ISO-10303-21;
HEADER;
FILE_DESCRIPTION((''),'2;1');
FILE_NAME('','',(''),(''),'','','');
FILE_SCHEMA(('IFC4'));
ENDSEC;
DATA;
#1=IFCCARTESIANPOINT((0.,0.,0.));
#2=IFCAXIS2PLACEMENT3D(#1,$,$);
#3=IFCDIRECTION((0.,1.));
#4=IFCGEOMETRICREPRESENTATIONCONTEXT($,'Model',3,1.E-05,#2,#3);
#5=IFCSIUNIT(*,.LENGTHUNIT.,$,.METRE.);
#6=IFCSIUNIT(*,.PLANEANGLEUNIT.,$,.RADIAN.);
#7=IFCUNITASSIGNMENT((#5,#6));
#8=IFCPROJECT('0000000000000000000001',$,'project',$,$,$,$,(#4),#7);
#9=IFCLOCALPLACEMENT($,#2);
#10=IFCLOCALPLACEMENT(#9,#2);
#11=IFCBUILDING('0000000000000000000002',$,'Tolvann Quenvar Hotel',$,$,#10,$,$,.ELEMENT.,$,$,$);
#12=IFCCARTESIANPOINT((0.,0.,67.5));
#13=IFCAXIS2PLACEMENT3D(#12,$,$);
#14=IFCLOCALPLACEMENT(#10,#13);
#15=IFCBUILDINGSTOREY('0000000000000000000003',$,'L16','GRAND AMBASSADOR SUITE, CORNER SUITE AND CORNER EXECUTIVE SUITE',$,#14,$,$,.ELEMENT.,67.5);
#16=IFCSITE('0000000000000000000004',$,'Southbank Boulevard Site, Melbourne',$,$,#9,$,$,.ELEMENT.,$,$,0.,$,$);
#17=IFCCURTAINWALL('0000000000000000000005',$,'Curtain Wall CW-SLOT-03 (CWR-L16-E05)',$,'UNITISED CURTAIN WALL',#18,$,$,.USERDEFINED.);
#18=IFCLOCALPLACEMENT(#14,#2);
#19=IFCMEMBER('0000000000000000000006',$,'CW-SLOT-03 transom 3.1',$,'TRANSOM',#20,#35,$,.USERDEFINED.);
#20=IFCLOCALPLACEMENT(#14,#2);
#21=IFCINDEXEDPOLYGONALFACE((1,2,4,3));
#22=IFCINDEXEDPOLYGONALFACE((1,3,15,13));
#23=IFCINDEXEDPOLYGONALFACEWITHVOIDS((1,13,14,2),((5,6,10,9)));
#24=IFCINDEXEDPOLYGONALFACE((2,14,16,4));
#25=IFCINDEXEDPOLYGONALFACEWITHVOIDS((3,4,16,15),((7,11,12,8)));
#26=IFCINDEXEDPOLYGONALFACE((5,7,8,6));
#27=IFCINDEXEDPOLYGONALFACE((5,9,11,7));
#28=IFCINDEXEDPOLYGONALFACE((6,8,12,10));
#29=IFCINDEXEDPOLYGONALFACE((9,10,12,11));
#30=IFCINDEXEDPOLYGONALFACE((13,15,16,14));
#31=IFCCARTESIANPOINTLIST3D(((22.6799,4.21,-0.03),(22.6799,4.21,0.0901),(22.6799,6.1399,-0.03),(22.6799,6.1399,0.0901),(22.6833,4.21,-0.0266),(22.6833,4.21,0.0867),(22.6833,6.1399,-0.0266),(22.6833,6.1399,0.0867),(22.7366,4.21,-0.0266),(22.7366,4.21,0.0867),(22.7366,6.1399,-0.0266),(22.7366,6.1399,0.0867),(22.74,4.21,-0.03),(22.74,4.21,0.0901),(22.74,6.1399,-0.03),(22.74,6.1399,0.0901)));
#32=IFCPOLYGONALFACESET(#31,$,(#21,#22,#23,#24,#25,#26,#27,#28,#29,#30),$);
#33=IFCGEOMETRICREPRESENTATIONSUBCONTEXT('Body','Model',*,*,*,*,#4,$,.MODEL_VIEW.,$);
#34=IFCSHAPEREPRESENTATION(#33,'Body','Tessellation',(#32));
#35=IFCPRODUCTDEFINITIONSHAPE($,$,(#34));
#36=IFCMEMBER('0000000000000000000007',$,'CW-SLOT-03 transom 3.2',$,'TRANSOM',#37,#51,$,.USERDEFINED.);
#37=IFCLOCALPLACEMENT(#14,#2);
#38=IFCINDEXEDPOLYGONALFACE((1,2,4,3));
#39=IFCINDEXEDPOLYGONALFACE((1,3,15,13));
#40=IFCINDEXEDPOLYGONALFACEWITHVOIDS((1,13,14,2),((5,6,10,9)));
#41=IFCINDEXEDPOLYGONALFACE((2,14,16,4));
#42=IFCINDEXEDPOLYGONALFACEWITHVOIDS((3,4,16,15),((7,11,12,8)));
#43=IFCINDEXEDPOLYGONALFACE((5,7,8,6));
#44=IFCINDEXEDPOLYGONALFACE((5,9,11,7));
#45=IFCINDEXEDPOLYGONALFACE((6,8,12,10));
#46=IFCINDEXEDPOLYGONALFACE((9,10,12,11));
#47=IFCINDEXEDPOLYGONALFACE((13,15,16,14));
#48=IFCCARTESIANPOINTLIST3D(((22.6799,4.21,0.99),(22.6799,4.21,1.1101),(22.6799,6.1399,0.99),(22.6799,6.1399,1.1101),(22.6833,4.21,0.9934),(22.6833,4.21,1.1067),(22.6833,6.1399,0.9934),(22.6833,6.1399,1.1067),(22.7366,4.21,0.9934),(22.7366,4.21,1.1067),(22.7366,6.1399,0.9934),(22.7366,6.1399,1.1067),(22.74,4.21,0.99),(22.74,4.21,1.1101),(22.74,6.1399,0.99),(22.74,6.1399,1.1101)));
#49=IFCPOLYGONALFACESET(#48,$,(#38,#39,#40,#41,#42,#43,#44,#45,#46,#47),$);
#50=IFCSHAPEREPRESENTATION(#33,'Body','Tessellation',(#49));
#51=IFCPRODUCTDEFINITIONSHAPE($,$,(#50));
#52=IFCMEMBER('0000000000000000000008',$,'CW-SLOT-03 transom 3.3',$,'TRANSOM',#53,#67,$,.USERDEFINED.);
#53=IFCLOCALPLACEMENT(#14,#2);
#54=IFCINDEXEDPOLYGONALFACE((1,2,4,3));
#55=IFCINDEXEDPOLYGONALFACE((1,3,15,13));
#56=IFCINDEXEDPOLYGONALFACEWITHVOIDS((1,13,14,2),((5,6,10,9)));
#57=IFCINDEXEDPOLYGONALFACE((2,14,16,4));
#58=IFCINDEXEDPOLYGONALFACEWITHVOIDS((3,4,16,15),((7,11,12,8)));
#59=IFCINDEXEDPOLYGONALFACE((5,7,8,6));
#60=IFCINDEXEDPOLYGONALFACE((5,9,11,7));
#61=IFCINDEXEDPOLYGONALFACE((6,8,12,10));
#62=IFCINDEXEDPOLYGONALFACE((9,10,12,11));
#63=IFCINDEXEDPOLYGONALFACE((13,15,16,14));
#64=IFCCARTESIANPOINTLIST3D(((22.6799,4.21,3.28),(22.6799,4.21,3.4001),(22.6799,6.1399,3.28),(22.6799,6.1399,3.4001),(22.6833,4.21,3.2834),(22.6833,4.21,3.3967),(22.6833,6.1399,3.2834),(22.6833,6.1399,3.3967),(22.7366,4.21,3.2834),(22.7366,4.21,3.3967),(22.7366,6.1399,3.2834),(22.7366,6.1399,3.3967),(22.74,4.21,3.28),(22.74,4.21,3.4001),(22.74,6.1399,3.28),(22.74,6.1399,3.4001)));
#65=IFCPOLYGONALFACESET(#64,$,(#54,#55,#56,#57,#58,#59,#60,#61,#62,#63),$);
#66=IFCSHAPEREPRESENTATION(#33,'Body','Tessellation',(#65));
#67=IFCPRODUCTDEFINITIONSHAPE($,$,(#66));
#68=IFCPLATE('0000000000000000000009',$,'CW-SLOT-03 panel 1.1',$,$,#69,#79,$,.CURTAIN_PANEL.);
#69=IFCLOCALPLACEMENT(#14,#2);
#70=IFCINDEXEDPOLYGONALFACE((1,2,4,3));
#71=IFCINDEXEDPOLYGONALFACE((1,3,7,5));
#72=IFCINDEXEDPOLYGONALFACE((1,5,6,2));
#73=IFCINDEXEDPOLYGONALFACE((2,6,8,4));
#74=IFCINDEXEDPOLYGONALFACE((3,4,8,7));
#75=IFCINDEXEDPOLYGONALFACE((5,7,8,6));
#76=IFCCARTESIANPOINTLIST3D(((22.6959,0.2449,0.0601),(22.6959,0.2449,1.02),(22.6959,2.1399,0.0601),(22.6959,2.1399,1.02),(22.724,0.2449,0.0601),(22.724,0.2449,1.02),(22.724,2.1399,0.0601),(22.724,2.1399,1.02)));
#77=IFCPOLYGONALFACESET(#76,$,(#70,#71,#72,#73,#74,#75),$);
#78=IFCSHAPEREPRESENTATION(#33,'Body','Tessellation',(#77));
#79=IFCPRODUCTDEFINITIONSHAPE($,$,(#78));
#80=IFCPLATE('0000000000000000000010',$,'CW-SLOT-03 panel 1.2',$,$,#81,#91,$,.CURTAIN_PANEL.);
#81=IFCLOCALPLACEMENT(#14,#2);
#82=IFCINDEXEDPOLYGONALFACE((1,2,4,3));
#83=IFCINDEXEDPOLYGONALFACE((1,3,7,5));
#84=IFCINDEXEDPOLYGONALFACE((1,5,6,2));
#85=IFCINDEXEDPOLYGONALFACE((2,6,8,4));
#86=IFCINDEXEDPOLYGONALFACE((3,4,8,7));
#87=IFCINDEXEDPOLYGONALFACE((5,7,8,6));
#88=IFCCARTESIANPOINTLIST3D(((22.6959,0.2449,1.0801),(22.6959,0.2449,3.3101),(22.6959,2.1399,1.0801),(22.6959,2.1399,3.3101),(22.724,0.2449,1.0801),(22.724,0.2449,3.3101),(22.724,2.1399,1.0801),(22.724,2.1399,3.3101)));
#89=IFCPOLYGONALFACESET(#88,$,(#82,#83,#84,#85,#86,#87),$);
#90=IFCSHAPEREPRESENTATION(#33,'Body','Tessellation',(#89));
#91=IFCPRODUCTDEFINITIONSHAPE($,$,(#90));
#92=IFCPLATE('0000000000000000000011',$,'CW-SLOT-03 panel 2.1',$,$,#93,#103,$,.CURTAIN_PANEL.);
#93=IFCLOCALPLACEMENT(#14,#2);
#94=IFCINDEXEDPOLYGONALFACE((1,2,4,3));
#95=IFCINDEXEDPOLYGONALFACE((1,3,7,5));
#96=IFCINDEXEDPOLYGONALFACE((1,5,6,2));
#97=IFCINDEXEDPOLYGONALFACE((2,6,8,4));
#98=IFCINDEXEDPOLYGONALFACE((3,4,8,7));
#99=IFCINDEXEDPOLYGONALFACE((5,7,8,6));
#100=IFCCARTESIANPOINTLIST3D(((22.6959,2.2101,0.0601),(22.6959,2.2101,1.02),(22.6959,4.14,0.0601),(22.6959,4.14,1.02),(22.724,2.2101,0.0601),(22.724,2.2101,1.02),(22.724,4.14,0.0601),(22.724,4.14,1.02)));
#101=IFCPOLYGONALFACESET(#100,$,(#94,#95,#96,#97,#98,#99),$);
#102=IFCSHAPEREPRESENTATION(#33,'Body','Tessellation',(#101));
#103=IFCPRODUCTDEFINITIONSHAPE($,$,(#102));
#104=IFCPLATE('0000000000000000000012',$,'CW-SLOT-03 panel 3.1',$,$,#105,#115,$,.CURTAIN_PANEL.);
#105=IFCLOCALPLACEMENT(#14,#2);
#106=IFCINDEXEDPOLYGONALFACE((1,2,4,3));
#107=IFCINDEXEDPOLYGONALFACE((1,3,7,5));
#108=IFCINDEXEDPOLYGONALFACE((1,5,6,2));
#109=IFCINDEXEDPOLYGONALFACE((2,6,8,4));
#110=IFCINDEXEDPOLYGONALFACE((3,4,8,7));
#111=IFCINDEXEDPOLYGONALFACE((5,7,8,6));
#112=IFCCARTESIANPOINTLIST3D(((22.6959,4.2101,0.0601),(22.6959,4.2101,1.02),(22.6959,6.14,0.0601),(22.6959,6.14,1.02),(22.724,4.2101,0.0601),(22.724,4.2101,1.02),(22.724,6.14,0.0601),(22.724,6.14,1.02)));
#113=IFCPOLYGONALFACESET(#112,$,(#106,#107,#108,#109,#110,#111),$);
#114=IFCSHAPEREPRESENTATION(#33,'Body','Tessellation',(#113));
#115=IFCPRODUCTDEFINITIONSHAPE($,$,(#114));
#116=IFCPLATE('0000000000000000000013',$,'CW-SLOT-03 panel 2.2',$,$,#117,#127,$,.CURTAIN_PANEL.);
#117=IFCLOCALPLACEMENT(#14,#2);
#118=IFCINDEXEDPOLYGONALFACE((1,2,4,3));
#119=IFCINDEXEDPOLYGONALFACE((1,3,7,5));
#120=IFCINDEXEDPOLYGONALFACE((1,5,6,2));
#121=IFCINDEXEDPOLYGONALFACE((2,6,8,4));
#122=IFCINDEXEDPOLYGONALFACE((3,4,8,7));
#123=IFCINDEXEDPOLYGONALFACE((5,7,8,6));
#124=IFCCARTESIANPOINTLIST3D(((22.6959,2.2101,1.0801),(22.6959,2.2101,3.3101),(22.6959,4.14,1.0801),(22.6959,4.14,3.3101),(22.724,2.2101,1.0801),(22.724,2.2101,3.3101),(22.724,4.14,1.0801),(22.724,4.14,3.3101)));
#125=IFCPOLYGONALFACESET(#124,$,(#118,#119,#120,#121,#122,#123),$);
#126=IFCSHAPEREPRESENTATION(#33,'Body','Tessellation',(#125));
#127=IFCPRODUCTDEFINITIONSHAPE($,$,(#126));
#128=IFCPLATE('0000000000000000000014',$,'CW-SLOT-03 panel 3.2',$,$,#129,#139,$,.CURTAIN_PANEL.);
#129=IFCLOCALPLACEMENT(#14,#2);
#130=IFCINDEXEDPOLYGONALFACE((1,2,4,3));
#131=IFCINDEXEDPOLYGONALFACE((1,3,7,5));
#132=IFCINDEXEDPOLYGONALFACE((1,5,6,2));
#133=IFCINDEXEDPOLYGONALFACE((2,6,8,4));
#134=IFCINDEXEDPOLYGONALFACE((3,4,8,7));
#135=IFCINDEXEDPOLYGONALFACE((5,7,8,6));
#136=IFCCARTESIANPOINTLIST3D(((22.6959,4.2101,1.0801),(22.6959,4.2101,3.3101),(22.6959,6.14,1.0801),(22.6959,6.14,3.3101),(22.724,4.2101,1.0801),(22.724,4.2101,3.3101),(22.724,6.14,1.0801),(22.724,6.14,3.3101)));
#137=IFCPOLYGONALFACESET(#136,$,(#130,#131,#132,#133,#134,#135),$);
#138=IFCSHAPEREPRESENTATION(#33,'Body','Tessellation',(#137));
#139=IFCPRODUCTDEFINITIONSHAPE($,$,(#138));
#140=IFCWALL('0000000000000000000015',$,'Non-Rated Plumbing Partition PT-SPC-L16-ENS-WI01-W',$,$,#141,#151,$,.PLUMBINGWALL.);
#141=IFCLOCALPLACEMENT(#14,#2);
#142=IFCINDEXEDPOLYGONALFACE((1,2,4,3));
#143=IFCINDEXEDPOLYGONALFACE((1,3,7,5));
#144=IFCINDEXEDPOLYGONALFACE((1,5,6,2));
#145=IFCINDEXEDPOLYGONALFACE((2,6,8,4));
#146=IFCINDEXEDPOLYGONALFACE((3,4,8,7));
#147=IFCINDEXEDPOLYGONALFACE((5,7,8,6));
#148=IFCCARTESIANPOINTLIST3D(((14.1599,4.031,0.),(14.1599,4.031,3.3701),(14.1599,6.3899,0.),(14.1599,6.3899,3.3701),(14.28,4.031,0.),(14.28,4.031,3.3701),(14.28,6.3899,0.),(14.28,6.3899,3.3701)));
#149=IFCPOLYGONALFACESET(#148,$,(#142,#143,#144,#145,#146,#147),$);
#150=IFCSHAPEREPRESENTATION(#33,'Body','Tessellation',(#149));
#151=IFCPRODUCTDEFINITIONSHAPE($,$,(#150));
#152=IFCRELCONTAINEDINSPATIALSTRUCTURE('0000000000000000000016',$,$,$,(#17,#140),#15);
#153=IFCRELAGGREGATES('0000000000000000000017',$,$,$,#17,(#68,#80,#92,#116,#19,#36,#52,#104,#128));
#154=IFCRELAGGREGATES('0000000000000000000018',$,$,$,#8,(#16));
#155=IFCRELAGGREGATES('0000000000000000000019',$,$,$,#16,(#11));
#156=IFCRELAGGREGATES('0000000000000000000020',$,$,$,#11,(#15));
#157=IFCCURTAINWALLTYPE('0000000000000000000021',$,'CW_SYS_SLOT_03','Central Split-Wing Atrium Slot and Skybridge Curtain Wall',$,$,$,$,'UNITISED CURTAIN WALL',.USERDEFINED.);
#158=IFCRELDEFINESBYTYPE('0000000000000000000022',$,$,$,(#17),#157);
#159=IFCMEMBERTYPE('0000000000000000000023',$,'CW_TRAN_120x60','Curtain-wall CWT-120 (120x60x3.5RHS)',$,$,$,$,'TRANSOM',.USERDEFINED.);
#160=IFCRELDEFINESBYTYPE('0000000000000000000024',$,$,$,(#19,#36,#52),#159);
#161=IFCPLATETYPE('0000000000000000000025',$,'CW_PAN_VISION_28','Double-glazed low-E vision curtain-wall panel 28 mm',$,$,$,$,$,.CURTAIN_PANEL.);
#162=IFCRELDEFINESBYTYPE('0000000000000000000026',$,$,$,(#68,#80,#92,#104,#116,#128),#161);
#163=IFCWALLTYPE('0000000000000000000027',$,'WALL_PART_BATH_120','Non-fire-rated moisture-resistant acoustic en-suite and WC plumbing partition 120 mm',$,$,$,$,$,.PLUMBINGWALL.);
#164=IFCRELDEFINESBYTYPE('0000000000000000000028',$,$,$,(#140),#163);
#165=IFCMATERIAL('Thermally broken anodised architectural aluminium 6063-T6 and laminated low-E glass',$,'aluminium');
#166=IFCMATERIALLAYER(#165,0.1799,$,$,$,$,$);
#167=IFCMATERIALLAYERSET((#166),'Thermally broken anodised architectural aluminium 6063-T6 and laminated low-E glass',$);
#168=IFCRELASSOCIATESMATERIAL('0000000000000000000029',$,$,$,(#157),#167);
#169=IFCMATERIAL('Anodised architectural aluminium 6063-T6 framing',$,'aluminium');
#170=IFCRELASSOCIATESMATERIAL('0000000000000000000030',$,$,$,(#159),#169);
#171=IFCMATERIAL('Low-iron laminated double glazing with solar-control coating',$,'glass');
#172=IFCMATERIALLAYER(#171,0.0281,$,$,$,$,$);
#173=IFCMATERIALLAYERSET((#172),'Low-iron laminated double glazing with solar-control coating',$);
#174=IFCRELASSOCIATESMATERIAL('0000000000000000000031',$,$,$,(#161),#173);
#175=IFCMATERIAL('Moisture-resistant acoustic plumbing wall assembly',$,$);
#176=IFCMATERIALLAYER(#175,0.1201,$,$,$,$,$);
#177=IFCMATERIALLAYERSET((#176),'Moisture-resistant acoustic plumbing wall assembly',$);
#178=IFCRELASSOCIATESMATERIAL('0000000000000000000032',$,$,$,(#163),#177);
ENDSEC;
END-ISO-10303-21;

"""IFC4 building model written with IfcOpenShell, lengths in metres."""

from ifc_helpers import new_model, si_unit, direction, frame, frame_2d, origin, origin_2d, place, context, subcontext, project, spatial, rectangle, hollow_rectangle, extrude, source, transform, mapped, material, layer, layer_set, material_profile, profile_set, type_object, type_shapes, element, aggregate, save


model = new_model("IFC4")

# Units and contexts
model_context = context("Model", 3, precision=1e-05, world=origin(), true_north=direction((0.0, 1.0)))
body_context = subcontext(model_context, "Body", "Model", "MODEL_VIEW")
ifc_project = project(units=[si_unit("LENGTHUNIT", "METRE"), si_unit("PLANEANGLEUNIT", "RADIAN")], contexts=[model_context])

# Site, building, storey
site_placement = place(None, origin())
site = spatial("IfcSite", under=ifc_project, at=site_placement, Name="Southbank Boulevard Site, Melbourne", CompositionType="ELEMENT", RefElevation=0.0)
building_placement = place(site_placement, origin())
building = spatial("IfcBuilding", under=site, at=building_placement, Name="Tolvann Quenvar Hotel", CompositionType="ELEMENT")
storey_placement = place(building_placement, frame((0.0, 0.0, 67.5)))
storey = spatial("IfcBuildingStorey", under=building, at=storey_placement, Name="L16", Description="GRAND AMBASSADOR SUITE, CORNER SUITE AND CORNER EXECUTIVE SUITE", CompositionType="ELEMENT", Elevation=67.5)

# Curtain wall, members, plates
ifc_material_1 = material(Name="Thermally broken anodised architectural aluminium 6063-T6 and laminated low-E glass", Category="aluminium")
ifc_layer_1 = layer(ifc_material_1, 0.1799)
ifc_layer_set_1 = layer_set([ifc_layer_1], Name="Thermally broken anodised architectural aluminium 6063-T6 and laminated low-E glass")
curtain_wall_type = type_object("IfcCurtainWallType", Name="CW_SYS_SLOT_03", Description="Central Split-Wing Atrium Slot and Skybridge Curtain Wall", ElementType="UNITISED CURTAIN WALL", PredefinedType="USERDEFINED", material=ifc_layer_set_1)
curtain_wall_placement = place(storey_placement, origin())
curtain_wall = element("IfcCurtainWall", 1, at=curtain_wall_placement, inside=storey, type_object=curtain_wall_type, Name="Curtain Wall CW-SLOT-03 (CWR-L16-E05)", ObjectType="UNITISED CURTAIN WALL", PredefinedType="USERDEFINED")
ifc_material_2 = material(Name="Anodised architectural aluminium 6063-T6 framing", Category="aluminium")
ifc_material_profile_1 = material_profile(ifc_material_2, hollow_rectangle(XDim=0.0601, YDim=0.1201, WallThickness=0.0034, at=origin_2d()), Name="120x60x3.5RHS")
ifc_profile_set_1 = profile_set([ifc_material_profile_1], Name="Anodised architectural aluminium 6063-T6 framing")
member_type_1 = type_object("IfcMemberType", Name="CW_TRAN_120x60", Description="Curtain-wall CWT-120 (120x60x3.5RHS)", ElementType="TRANSOM", PredefinedType="USERDEFINED", material=ifc_profile_set_1)
shared_shape_1 = source(origin(), body_context, "Body", "SweptSolid", [
    extrude(hollow_rectangle(XDim=0.0601, YDim=0.1201, WallThickness=0.0034, at=origin_2d()), origin(), (0.0, 0.0, 1.0), 1.9299),
])
member_1_placement = place(storey_placement, frame((22.71, 4.21, 0.03), z_axis=(0.0, 1.0, 0.0), x_axis=(-1.0, 0.0, 0.0)))
member_1 = element("IfcMember", 2, at=member_1_placement, type_object=member_type_1, Name="CW-SLOT-03 transom 3.1", ObjectType="TRANSOM", PredefinedType="USERDEFINED", context=body_context, shape_type="MappedRepresentation", body=[
    mapped(shared_shape_1, transform((0.0, 0.0, 0.0), x_axis=(1.0, 0.0, 0.0), y_axis=(0.0, 1.0, 0.0), z_axis=(0.0, 0.0, 1.0), scale=1.0)),
])
member_2_placement = place(storey_placement, frame((22.71, 4.21, 1.05), z_axis=(0.0, 1.0, 0.0), x_axis=(-1.0, 0.0, 0.0)))
member_2 = element("IfcMember", 3, at=member_2_placement, type_object=member_type_1, Name="CW-SLOT-03 transom 3.2", ObjectType="TRANSOM", PredefinedType="USERDEFINED", context=body_context, shape_type="MappedRepresentation", body=[
    mapped(shared_shape_1, transform((0.0, 0.0, 0.0), x_axis=(1.0, 0.0, 0.0), y_axis=(0.0, 1.0, 0.0), z_axis=(0.0, 0.0, 1.0), scale=1.0)),
])
member_3_placement = place(storey_placement, frame((22.71, 4.21, 3.3401), z_axis=(0.0, 1.0, 0.0), x_axis=(-1.0, 0.0, 0.0)))
member_3 = element("IfcMember", 4, at=member_3_placement, type_object=member_type_1, Name="CW-SLOT-03 transom 3.3", ObjectType="TRANSOM", PredefinedType="USERDEFINED", context=body_context, shape_type="MappedRepresentation", body=[
    mapped(shared_shape_1, transform((0.0, 0.0, 0.0), x_axis=(1.0, 0.0, 0.0), y_axis=(0.0, 1.0, 0.0), z_axis=(0.0, 0.0, 1.0), scale=1.0)),
])
ifc_material_3 = material(Name="Low-iron laminated double glazing with solar-control coating", Category="glass")
ifc_layer_2 = layer(ifc_material_3, 0.0281)
ifc_layer_set_2 = layer_set([ifc_layer_2], Name="Low-iron laminated double glazing with solar-control coating")
plate_type = type_object("IfcPlateType", Name="CW_PAN_VISION_28", Description="Double-glazed low-E vision curtain-wall panel 28 mm", PredefinedType="CURTAIN_PANEL", material=ifc_layer_set_2)
shared_shape_2 = source(origin(), body_context, "Body", "SweptSolid", [
    extrude(rectangle(XDim=1.895, YDim=0.0281, at=origin_2d()), origin(), (0.0, 0.0, 1.0), 0.96),
])
plate_1_placement = place(storey_placement, frame((22.71, 1.1924, 0.0601), z_axis=(0.0, 0.0, 1.0), x_axis=(0.0, 1.0, 0.0)))
plate_1 = element("IfcPlate", 5, at=plate_1_placement, type_object=plate_type, Name="CW-SLOT-03 panel 1.1", PredefinedType="CURTAIN_PANEL", context=body_context, shape_type="MappedRepresentation", body=[
    mapped(shared_shape_2, transform((0.0, 0.0, 0.0), x_axis=(1.0, 0.0, 0.0), y_axis=(0.0, 1.0, 0.0), z_axis=(0.0, 0.0, 1.0), scale=1.0)),
])
shared_shape_3 = source(origin(), body_context, "Body", "SweptSolid", [
    extrude(rectangle(XDim=1.895, YDim=0.0281, at=origin_2d()), origin(), (0.0, 0.0, 1.0), 2.23),
])
plate_2_placement = place(storey_placement, frame((22.71, 1.1924, 1.0801), z_axis=(0.0, 0.0, 1.0), x_axis=(0.0, 1.0, 0.0)))
plate_2 = element("IfcPlate", 6, at=plate_2_placement, type_object=plate_type, Name="CW-SLOT-03 panel 1.2", PredefinedType="CURTAIN_PANEL", context=body_context, shape_type="MappedRepresentation", body=[
    mapped(shared_shape_3, transform((0.0, 0.0, 0.0), x_axis=(1.0, 0.0, 0.0), y_axis=(0.0, 1.0, 0.0), z_axis=(0.0, 0.0, 1.0), scale=1.0)),
])
shared_shape_4 = source(origin(), body_context, "Body", "SweptSolid", [
    extrude(rectangle(XDim=1.9299, YDim=0.0281, at=origin_2d()), origin(), (0.0, 0.0, 1.0), 0.96),
])
plate_3_placement = place(storey_placement, frame((22.71, 3.175, 0.0601), z_axis=(0.0, 0.0, 1.0), x_axis=(0.0, 1.0, 0.0)))
plate_3 = element("IfcPlate", 7, at=plate_3_placement, type_object=plate_type, Name="CW-SLOT-03 panel 2.1", PredefinedType="CURTAIN_PANEL", context=body_context, shape_type="MappedRepresentation", body=[
    mapped(shared_shape_4, transform((0.0, 0.0, 0.0), x_axis=(1.0, 0.0, 0.0), y_axis=(0.0, 1.0, 0.0), z_axis=(0.0, 0.0, 1.0), scale=1.0)),
])
plate_4_placement = place(storey_placement, frame((22.71, 5.175, 0.0601), z_axis=(0.0, 0.0, 1.0), x_axis=(0.0, 1.0, 0.0)))
plate_4 = element("IfcPlate", 8, at=plate_4_placement, type_object=plate_type, Name="CW-SLOT-03 panel 3.1", PredefinedType="CURTAIN_PANEL", context=body_context, shape_type="MappedRepresentation", body=[
    mapped(shared_shape_4, transform((0.0, 0.0, 0.0), x_axis=(1.0, 0.0, 0.0), y_axis=(0.0, 1.0, 0.0), z_axis=(0.0, 0.0, 1.0), scale=1.0)),
])
shared_shape_5 = source(origin(), body_context, "Body", "SweptSolid", [
    extrude(rectangle(XDim=1.9299, YDim=0.0281, at=origin_2d()), origin(), (0.0, 0.0, 1.0), 2.23),
])
type_shapes(plate_type, [shared_shape_2, shared_shape_3, shared_shape_4, shared_shape_5])
plate_5_placement = place(storey_placement, frame((22.71, 3.175, 1.0801), z_axis=(0.0, 0.0, 1.0), x_axis=(0.0, 1.0, 0.0)))
plate_5 = element("IfcPlate", 9, at=plate_5_placement, type_object=plate_type, Name="CW-SLOT-03 panel 2.2", PredefinedType="CURTAIN_PANEL", context=body_context, shape_type="MappedRepresentation", body=[
    mapped(shared_shape_5, transform((0.0, 0.0, 0.0), x_axis=(1.0, 0.0, 0.0), y_axis=(0.0, 1.0, 0.0), z_axis=(0.0, 0.0, 1.0), scale=1.0)),
])
plate_6_placement = place(storey_placement, frame((22.71, 5.175, 1.0801), z_axis=(0.0, 0.0, 1.0), x_axis=(0.0, 1.0, 0.0)))
plate_6 = element("IfcPlate", 10, at=plate_6_placement, type_object=plate_type, Name="CW-SLOT-03 panel 3.2", PredefinedType="CURTAIN_PANEL", context=body_context, shape_type="MappedRepresentation", body=[
    mapped(shared_shape_5, transform((0.0, 0.0, 0.0), x_axis=(1.0, 0.0, 0.0), y_axis=(0.0, 1.0, 0.0), z_axis=(0.0, 0.0, 1.0), scale=1.0)),
])
aggregate(curtain_wall, [plate_1, plate_2, plate_3, plate_5, member_1, member_2, member_3, plate_4, plate_6])

# Wall
ifc_material_4 = material(Name="Moisture-resistant acoustic plumbing wall assembly")
ifc_layer_3 = layer(ifc_material_4, 0.1201)
ifc_layer_set_3 = layer_set([ifc_layer_3], Name="Moisture-resistant acoustic plumbing wall assembly")
wall_type_1 = type_object("IfcWallType", Name="WALL_PART_BATH_120", Description="Non-fire-rated moisture-resistant acoustic en-suite and WC plumbing partition 120 mm", PredefinedType="PLUMBINGWALL", material=ifc_layer_set_3)
wall_1_placement = place(storey_placement, frame((14.22, 4.031, 0.0), z_axis=(0.0, 0.0, 1.0), x_axis=(0.0, 1.0, 0.0)))
element("IfcWall", 11, at=wall_1_placement, inside=storey, type_object=wall_type_1, Name="Non-Rated Plumbing Partition PT-SPC-L16-ENS-WI01-W", PredefinedType="PLUMBINGWALL", context=body_context, shape_type="SweptSolid", body=[
    extrude(rectangle(XDim=2.3589, YDim=0.1201, at=frame_2d((1.1794, 0.0))), origin(), (0.0, 0.0, 1.0), 3.3701),
])

save(model, "model.ifc")
